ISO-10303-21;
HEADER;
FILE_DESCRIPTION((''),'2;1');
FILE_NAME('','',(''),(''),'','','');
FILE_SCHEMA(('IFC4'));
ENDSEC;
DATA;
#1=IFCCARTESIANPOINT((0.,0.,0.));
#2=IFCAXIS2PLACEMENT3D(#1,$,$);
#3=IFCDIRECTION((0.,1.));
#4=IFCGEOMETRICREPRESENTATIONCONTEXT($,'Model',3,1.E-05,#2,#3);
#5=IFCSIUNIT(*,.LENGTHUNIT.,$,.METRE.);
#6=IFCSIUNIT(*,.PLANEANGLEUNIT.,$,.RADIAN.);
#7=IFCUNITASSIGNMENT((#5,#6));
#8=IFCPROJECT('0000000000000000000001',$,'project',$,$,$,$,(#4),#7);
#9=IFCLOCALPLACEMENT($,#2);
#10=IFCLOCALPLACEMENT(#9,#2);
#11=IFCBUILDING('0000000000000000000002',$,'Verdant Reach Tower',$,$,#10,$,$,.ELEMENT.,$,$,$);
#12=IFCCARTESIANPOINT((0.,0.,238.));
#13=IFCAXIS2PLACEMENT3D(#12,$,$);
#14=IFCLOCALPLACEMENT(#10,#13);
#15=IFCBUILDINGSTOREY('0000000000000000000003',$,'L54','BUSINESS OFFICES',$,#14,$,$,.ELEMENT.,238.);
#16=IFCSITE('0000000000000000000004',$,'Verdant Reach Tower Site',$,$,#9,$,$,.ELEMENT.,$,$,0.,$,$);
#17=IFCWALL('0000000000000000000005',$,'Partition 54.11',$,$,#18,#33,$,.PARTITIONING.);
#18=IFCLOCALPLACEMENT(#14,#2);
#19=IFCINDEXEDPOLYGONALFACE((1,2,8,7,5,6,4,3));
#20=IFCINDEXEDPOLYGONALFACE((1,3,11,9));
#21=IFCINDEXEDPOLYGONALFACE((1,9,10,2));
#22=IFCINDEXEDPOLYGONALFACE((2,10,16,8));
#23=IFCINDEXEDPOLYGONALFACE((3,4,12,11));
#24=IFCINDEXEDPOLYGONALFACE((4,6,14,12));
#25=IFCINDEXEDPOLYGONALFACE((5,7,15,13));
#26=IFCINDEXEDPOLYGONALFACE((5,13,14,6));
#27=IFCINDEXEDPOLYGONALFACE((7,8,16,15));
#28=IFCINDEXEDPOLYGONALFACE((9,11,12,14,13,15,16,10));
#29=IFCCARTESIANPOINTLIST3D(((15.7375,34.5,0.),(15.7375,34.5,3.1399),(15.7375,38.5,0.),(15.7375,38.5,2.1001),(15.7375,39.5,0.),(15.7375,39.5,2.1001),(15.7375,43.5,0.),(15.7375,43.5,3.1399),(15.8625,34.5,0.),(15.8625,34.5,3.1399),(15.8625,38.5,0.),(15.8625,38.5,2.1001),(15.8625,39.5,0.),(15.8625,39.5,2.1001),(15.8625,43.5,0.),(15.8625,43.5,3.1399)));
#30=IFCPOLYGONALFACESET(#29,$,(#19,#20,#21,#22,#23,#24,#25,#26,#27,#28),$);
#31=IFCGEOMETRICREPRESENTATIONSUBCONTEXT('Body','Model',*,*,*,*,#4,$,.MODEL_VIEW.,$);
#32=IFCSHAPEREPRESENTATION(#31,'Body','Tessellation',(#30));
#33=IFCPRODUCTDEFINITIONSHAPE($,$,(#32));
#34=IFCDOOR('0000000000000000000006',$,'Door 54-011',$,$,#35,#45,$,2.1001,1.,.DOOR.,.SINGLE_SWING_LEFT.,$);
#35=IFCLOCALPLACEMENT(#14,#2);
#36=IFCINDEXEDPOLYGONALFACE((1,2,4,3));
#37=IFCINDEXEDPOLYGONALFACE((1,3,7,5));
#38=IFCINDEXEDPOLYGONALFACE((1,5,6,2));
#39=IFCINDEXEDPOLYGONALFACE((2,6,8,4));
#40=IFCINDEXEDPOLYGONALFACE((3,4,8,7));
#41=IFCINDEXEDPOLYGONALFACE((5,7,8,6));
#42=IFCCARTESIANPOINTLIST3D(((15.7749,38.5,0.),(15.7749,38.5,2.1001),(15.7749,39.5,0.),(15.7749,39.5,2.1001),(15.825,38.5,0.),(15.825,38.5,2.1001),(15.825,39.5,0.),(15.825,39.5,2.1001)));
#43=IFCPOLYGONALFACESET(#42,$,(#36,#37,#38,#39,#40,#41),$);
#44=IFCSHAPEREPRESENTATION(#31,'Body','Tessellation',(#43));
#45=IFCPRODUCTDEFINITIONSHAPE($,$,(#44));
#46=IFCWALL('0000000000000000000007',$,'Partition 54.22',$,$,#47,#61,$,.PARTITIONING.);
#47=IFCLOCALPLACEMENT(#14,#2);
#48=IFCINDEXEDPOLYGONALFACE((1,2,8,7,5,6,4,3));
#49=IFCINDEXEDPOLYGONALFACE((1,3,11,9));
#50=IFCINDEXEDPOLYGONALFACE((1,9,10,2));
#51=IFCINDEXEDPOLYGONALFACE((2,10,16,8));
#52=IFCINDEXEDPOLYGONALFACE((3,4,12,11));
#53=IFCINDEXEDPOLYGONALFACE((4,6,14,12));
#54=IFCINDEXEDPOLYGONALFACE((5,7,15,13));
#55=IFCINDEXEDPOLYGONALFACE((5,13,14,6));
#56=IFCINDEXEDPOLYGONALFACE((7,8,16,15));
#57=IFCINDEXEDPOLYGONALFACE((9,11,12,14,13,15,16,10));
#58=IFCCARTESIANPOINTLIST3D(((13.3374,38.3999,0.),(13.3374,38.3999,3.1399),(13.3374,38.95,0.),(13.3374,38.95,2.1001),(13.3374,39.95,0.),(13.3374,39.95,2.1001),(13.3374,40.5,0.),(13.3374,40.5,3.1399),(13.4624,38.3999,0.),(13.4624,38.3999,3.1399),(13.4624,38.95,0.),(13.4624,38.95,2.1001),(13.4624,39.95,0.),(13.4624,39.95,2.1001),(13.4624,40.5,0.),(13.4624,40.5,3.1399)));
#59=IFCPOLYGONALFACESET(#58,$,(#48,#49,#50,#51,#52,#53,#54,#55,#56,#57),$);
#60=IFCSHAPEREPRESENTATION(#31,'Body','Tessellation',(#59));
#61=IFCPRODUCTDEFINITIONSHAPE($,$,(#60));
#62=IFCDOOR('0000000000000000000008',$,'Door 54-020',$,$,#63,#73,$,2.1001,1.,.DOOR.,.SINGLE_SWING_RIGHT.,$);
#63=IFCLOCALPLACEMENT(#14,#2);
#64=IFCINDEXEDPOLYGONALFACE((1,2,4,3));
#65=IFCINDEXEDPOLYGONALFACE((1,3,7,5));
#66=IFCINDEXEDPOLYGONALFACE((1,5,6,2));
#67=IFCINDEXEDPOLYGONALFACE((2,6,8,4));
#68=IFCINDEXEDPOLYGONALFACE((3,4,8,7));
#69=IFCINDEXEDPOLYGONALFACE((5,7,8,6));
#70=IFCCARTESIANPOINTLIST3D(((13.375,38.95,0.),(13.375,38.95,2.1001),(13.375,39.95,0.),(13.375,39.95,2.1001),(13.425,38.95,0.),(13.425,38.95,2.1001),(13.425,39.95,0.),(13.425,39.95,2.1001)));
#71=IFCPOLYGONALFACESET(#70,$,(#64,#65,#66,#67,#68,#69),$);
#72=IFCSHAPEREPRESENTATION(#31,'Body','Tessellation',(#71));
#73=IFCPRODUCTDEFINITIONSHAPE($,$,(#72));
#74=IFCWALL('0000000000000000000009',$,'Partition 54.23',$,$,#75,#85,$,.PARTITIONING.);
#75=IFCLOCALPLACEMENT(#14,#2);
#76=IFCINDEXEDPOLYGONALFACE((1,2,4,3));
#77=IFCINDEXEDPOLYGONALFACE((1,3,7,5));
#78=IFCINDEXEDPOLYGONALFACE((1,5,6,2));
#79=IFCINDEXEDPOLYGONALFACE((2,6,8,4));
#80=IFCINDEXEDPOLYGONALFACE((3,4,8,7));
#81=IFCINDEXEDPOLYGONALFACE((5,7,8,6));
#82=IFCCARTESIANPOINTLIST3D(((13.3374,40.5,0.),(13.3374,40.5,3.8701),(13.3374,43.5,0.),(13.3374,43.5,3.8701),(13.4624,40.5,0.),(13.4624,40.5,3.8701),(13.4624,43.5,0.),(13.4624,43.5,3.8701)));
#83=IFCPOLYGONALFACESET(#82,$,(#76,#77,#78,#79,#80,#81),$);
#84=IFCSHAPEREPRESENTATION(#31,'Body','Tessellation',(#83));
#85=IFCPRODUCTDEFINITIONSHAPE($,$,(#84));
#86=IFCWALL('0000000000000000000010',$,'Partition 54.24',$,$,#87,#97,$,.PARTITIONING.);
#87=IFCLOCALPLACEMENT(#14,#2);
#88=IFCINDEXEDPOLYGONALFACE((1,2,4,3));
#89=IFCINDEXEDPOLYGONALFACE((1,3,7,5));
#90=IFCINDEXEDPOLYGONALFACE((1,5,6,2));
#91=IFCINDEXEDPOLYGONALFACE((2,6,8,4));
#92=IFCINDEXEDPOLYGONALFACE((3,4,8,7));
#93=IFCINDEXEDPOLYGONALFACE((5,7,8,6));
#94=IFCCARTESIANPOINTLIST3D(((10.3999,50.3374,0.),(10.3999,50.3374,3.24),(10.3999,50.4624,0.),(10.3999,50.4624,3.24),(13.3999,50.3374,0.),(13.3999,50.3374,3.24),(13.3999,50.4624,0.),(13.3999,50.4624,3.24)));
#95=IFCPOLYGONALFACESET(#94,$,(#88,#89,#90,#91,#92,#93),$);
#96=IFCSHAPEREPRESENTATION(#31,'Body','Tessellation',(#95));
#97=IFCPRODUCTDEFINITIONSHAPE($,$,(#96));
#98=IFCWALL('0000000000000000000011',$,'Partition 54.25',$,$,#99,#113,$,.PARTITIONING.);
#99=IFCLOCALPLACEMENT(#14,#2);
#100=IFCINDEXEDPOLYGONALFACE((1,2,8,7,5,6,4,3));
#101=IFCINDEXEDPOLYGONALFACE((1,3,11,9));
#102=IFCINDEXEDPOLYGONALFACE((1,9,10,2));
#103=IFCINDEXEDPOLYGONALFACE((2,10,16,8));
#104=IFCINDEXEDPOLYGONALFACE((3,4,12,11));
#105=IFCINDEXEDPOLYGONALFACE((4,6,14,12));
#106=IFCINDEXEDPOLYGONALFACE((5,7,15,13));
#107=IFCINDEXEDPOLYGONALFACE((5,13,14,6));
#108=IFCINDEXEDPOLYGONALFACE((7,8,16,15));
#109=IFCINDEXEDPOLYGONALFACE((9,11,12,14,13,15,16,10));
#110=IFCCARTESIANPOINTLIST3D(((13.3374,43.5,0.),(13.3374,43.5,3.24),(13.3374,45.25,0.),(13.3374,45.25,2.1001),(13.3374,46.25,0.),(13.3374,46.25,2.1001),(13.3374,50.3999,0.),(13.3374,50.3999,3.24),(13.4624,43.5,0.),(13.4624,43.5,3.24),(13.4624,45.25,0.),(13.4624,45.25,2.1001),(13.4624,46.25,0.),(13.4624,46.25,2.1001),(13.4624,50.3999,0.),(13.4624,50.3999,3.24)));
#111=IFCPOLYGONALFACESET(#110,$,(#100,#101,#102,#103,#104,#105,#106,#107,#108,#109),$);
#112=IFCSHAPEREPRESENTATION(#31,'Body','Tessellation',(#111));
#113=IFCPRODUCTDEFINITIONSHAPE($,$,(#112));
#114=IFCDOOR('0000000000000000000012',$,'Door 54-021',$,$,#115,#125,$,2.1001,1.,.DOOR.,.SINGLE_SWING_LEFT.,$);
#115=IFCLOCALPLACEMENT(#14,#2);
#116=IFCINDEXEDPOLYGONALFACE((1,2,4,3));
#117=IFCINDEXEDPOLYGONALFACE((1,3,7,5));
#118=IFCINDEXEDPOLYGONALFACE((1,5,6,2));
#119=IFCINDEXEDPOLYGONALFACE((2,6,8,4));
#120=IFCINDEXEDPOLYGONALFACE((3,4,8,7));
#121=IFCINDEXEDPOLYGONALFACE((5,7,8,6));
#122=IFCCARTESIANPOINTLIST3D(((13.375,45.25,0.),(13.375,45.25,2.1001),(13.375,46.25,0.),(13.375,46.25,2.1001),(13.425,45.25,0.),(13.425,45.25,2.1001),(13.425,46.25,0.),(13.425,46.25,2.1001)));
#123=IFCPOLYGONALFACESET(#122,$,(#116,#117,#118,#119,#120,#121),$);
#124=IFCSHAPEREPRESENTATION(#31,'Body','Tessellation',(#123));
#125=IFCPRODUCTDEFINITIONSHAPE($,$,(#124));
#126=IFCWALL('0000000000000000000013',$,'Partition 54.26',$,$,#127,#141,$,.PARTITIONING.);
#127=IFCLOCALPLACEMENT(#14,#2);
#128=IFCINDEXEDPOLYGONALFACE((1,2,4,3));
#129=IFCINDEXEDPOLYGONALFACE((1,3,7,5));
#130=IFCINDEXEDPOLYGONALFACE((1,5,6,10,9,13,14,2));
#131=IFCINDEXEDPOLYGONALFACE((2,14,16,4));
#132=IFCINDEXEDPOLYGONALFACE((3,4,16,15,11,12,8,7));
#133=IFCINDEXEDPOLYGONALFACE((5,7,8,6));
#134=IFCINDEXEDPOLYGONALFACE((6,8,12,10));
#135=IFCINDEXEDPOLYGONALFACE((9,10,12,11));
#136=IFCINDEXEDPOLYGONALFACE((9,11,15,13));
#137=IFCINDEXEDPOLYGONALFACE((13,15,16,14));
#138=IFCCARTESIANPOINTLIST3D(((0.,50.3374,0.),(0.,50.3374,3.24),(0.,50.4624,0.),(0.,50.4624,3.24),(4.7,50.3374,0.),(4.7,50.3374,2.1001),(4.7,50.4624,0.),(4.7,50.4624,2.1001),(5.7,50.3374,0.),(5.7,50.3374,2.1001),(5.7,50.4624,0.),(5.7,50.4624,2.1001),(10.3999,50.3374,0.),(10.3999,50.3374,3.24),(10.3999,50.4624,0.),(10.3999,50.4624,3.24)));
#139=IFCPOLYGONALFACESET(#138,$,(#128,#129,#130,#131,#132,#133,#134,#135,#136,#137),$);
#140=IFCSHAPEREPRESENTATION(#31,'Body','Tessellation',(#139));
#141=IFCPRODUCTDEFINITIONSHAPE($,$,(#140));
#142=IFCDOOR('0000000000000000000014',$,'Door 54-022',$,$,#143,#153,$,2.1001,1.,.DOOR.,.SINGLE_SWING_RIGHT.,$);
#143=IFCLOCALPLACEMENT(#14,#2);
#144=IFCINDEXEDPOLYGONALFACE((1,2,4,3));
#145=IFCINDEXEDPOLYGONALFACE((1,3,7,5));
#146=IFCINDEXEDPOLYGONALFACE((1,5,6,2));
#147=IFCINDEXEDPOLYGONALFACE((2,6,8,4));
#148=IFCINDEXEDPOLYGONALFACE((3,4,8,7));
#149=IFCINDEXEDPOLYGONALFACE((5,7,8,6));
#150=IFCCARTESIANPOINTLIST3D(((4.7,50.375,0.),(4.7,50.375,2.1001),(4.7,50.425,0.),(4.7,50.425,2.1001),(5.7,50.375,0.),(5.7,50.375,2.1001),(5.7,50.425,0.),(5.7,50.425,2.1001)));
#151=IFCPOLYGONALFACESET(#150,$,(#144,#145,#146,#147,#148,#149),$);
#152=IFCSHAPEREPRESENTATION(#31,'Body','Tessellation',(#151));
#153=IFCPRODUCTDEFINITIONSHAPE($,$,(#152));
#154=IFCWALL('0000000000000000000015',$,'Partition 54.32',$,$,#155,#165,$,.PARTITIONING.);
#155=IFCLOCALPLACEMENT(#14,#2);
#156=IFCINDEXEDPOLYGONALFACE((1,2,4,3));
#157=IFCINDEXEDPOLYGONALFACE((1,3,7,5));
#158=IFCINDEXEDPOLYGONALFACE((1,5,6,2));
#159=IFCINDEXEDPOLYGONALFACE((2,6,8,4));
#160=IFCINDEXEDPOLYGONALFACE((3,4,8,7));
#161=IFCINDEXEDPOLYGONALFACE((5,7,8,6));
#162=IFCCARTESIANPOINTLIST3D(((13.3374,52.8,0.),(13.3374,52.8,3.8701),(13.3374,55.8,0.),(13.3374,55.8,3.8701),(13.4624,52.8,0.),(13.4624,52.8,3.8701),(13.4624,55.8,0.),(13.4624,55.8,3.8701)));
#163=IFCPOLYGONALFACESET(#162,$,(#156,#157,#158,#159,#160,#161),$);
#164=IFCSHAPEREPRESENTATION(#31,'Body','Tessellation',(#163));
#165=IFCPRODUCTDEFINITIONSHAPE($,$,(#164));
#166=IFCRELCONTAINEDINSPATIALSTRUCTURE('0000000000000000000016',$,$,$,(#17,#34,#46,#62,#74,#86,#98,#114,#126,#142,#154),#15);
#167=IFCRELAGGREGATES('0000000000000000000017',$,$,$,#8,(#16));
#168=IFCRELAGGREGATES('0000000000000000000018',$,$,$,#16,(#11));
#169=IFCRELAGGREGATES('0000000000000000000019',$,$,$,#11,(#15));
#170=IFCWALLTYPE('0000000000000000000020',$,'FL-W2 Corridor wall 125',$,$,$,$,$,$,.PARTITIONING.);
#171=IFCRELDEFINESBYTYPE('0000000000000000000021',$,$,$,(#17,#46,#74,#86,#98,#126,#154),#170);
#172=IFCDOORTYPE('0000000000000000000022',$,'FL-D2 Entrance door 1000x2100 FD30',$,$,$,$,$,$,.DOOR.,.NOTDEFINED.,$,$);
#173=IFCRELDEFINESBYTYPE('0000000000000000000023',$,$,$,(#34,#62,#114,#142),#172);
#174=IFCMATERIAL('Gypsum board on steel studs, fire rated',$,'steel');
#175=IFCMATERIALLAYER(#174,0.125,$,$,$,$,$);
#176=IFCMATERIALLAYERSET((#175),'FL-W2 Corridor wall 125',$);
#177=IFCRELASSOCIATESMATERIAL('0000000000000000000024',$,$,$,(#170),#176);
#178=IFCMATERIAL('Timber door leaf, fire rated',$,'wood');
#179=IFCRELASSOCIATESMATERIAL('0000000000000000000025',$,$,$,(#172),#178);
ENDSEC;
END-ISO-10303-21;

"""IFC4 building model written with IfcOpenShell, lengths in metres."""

from ifc_helpers import new_model, si_unit, direction, frame, frame_2d, origin, place, context, subcontext, project, spatial, rectangle, extrude, material, layer, layer_set, type_object, element, fill, save


model = new_model("IFC4")

# Units and contexts
model_context = context("Model", 3, precision=1e-05, world=origin(), true_north=direction((0.0, 1.0)))
body_context = subcontext(model_context, "Body", "Model", "MODEL_VIEW")
ifc_project = project(units=[si_unit("LENGTHUNIT", "METRE"), si_unit("PLANEANGLEUNIT", "RADIAN")], contexts=[model_context])

# Site, building, storey
site_placement = place(None, origin())
site = spatial("IfcSite", under=ifc_project, at=site_placement, Name="Verdant Reach Tower Site", CompositionType="ELEMENT", RefElevation=0.0)
building_placement = place(site_placement, origin())
building = spatial("IfcBuilding", under=site, at=building_placement, Name="Verdant Reach Tower", CompositionType="ELEMENT")
storey_placement = place(building_placement, frame((0.0, 0.0, 238.0)))
storey = spatial("IfcBuildingStorey", under=building, at=storey_placement, Name="L54", Description="BUSINESS OFFICES", CompositionType="ELEMENT", Elevation=238.0)

# Walls, openings, doors
ifc_material_1 = material(Name="Gypsum board on steel studs, fire rated", Category="steel")
ifc_layer_1 = layer(ifc_material_1, 0.125)
ifc_layer_set_1 = layer_set([ifc_layer_1], Name="FL-W2 Corridor wall 125")
wall_type_1 = type_object("IfcWallType", Name="FL-W2 Corridor wall 125", PredefinedType="PARTITIONING", material=ifc_layer_set_1)
wall_1_placement = place(storey_placement, frame((15.8, 43.5, 0.0), z_axis=(0.0, 0.0, 1.0), x_axis=(0.0, -1.0, 0.0)))
wall_1 = element("IfcWall", 1, at=wall_1_placement, inside=storey, type_object=wall_type_1, Name="Partition 54.11", PredefinedType="PARTITIONING", context=body_context, shape_type="SweptSolid", body=[
    extrude(rectangle(XDim=9.0, YDim=0.125, at=frame_2d((4.5, 0.0))), origin(), (0.0, 0.0, 1.0), 3.1399),
])
opening_1_placement = place(wall_1_placement, frame((4.0, 0.0, 0.0)))
opening_1 = element("IfcOpeningElement", 2, at=opening_1_placement, cuts=wall_1, PredefinedType="OPENING", context=body_context, shape_type="SweptSolid", body=[
    extrude(rectangle(XDim=1.0, YDim=2.1001, at=frame_2d((0.5, 1.05))), frame((0.0, 0.0725, 0.0), z_axis=(0.0, -1.0, 0.0), x_axis=(1.0, 0.0, 0.0)), (0.0, 0.0, 1.0), 0.145),
])
ifc_material_2 = material(Name="Timber door leaf, fire rated", Category="wood")
door_type_1 = type_object("IfcDoorType", Name="FL-D2 Entrance door 1000x2100 FD30", OperationType="NOTDEFINED", PredefinedType="DOOR", material=ifc_material_2)
door_1_placement = place(opening_1_placement, origin())
door_1 = element("IfcDoor", 3, at=door_1_placement, inside=storey, type_object=door_type_1, Name="Door 54-011", OperationType="SINGLE_SWING_LEFT", OverallHeight=2.1001, OverallWidth=1.0, PredefinedType="DOOR", context=body_context, shape_type="SweptSolid", body=[
    extrude(rectangle(XDim=1.0, YDim=2.1001, at=frame_2d((0.5, 1.05))), frame((0.0, 0.0249, 0.0), z_axis=(0.0, -1.0, 0.0), x_axis=(1.0, 0.0, 0.0)), (0.0, 0.0, 1.0), 0.05),
])
fill(opening_1, door_1)
wall_2_placement = place(storey_placement, frame((13.3999, 38.3999, 0.0), z_axis=(0.0, 0.0, 1.0), x_axis=(0.0, 1.0, 0.0)))
wall_2 = element("IfcWall", 4, at=wall_2_placement, inside=storey, type_object=wall_type_1, Name="Partition 54.22", PredefinedType="PARTITIONING", context=body_context, shape_type="SweptSolid", body=[
    extrude(rectangle(XDim=2.1001, YDim=0.125, at=frame_2d((1.05, 0.0))), origin(), (0.0, 0.0, 1.0), 3.1399),
])
opening_2_placement = place(wall_2_placement, frame((0.55, 0.0, 0.0)))
opening_2 = element("IfcOpeningElement", 5, at=opening_2_placement, cuts=wall_2, PredefinedType="OPENING", context=body_context, shape_type="SweptSolid", body=[
    extrude(rectangle(XDim=1.0, YDim=2.1001, at=frame_2d((0.5, 1.05))), frame((0.0, 0.0725, 0.0), z_axis=(0.0, -1.0, 0.0), x_axis=(1.0, 0.0, 0.0)), (0.0, 0.0, 1.0), 0.145),
])
door_2_placement = place(opening_2_placement, origin())
door_2 = element("IfcDoor", 6, at=door_2_placement, inside=storey, type_object=door_type_1, Name="Door 54-020", OperationType="SINGLE_SWING_RIGHT", OverallHeight=2.1001, OverallWidth=1.0, PredefinedType="DOOR", context=body_context, shape_type="SweptSolid", body=[
    extrude(rectangle(XDim=1.0, YDim=2.1001, at=frame_2d((0.5, 1.05))), frame((0.0, 0.0249, 0.0), z_axis=(0.0, -1.0, 0.0), x_axis=(1.0, 0.0, 0.0)), (0.0, 0.0, 1.0), 0.05),
])
fill(opening_2, door_2)

# Walls
wall_3_placement = place(storey_placement, frame((13.3999, 40.5, 0.0), z_axis=(0.0, 0.0, 1.0), x_axis=(0.0, 1.0, 0.0)))
element("IfcWall", 7, at=wall_3_placement, inside=storey, type_object=wall_type_1, Name="Partition 54.23", PredefinedType="PARTITIONING", context=body_context, shape_type="SweptSolid", body=[
    extrude(rectangle(XDim=3.0, YDim=0.125, at=frame_2d((1.5, 0.0))), origin(), (0.0, 0.0, 1.0), 3.8701),
])
wall_4_placement = place(storey_placement, frame((13.3999, 50.3999, 0.0), z_axis=(0.0, 0.0, 1.0), x_axis=(-1.0, 0.0, 0.0)))
element("IfcWall", 8, at=wall_4_placement, inside=storey, type_object=wall_type_1, Name="Partition 54.24", PredefinedType="PARTITIONING", context=body_context, shape_type="SweptSolid", body=[
    extrude(rectangle(XDim=3.0, YDim=0.125, at=frame_2d((1.5, 0.0))), origin(), (0.0, 0.0, 1.0), 3.24),
])

# Walls, openings, doors
wall_5_placement = place(storey_placement, frame((13.3999, 43.5, 0.0), z_axis=(0.0, 0.0, 1.0), x_axis=(0.0, 1.0, 0.0)))
wall_5 = element("IfcWall", 9, at=wall_5_placement, inside=storey, type_object=wall_type_1, Name="Partition 54.25", PredefinedType="PARTITIONING", context=body_context, shape_type="SweptSolid", body=[
    extrude(rectangle(XDim=6.8999, YDim=0.125, at=frame_2d((3.45, 0.0))), origin(), (0.0, 0.0, 1.0), 3.24),
])
opening_3_placement = place(wall_5_placement, frame((1.75, 0.0, 0.0)))
opening_3 = element("IfcOpeningElement", 10, at=opening_3_placement, cuts=wall_5, PredefinedType="OPENING", context=body_context, shape_type="SweptSolid", body=[
    extrude(rectangle(XDim=1.0, YDim=2.1001, at=frame_2d((0.5, 1.05))), frame((0.0, 0.0725, 0.0), z_axis=(0.0, -1.0, 0.0), x_axis=(1.0, 0.0, 0.0)), (0.0, 0.0, 1.0), 0.145),
])
door_3_placement = place(opening_3_placement, origin())
door_3 = element("IfcDoor", 11, at=door_3_placement, inside=storey, type_object=door_type_1, Name="Door 54-021", OperationType="SINGLE_SWING_LEFT", OverallHeight=2.1001, OverallWidth=1.0, PredefinedType="DOOR", context=body_context, shape_type="SweptSolid", body=[
    extrude(rectangle(XDim=1.0, YDim=2.1001, at=frame_2d((0.5, 1.05))), frame((0.0, 0.0249, 0.0), z_axis=(0.0, -1.0, 0.0), x_axis=(1.0, 0.0, 0.0)), (0.0, 0.0, 1.0), 0.05),
])
fill(opening_3, door_3)
wall_6_placement = place(storey_placement, frame((10.3999, 50.3999, 0.0), z_axis=(0.0, 0.0, 1.0), x_axis=(-1.0, 0.0, 0.0)))
wall_6 = element("IfcWall", 12, at=wall_6_placement, inside=storey, type_object=wall_type_1, Name="Partition 54.26", PredefinedType="PARTITIONING", context=body_context, shape_type="SweptSolid", body=[
    extrude(rectangle(XDim=10.3999, YDim=0.125, at=frame_2d((5.2, 0.0))), origin(), (0.0, 0.0, 1.0), 3.24),
])
opening_4_placement = place(wall_6_placement, frame((4.7, 0.0, 0.0)))
opening_4 = element("IfcOpeningElement", 13, at=opening_4_placement, cuts=wall_6, PredefinedType="OPENING", context=body_context, shape_type="SweptSolid", body=[
    extrude(rectangle(XDim=1.0, YDim=2.1001, at=frame_2d((0.5, 1.05))), frame((0.0, 0.0725, 0.0), z_axis=(0.0, -1.0, 0.0), x_axis=(1.0, 0.0, 0.0)), (0.0, 0.0, 1.0), 0.145),
])
door_4_placement = place(opening_4_placement, origin())
door_4 = element("IfcDoor", 14, at=door_4_placement, inside=storey, type_object=door_type_1, Name="Door 54-022", OperationType="SINGLE_SWING_RIGHT", OverallHeight=2.1001, OverallWidth=1.0, PredefinedType="DOOR", context=body_context, shape_type="SweptSolid", body=[
    extrude(rectangle(XDim=1.0, YDim=2.1001, at=frame_2d((0.5, 1.05))), frame((0.0, 0.0249, 0.0), z_axis=(0.0, -1.0, 0.0), x_axis=(1.0, 0.0, 0.0)), (0.0, 0.0, 1.0), 0.05),
])
fill(opening_4, door_4)

# Wall
wall_7_placement = place(storey_placement, frame((13.3999, 52.8, 0.0), z_axis=(0.0, 0.0, 1.0), x_axis=(0.0, 1.0, 0.0)))
element("IfcWall", 15, at=wall_7_placement, inside=storey, type_object=wall_type_1, Name="Partition 54.32", PredefinedType="PARTITIONING", context=body_context, shape_type="SweptSolid", body=[
    extrude(rectangle(XDim=3.0, YDim=0.125, at=frame_2d((1.5, 0.0))), origin(), (0.0, 0.0, 1.0), 3.8701),
])

save(model, "model.ifc")
